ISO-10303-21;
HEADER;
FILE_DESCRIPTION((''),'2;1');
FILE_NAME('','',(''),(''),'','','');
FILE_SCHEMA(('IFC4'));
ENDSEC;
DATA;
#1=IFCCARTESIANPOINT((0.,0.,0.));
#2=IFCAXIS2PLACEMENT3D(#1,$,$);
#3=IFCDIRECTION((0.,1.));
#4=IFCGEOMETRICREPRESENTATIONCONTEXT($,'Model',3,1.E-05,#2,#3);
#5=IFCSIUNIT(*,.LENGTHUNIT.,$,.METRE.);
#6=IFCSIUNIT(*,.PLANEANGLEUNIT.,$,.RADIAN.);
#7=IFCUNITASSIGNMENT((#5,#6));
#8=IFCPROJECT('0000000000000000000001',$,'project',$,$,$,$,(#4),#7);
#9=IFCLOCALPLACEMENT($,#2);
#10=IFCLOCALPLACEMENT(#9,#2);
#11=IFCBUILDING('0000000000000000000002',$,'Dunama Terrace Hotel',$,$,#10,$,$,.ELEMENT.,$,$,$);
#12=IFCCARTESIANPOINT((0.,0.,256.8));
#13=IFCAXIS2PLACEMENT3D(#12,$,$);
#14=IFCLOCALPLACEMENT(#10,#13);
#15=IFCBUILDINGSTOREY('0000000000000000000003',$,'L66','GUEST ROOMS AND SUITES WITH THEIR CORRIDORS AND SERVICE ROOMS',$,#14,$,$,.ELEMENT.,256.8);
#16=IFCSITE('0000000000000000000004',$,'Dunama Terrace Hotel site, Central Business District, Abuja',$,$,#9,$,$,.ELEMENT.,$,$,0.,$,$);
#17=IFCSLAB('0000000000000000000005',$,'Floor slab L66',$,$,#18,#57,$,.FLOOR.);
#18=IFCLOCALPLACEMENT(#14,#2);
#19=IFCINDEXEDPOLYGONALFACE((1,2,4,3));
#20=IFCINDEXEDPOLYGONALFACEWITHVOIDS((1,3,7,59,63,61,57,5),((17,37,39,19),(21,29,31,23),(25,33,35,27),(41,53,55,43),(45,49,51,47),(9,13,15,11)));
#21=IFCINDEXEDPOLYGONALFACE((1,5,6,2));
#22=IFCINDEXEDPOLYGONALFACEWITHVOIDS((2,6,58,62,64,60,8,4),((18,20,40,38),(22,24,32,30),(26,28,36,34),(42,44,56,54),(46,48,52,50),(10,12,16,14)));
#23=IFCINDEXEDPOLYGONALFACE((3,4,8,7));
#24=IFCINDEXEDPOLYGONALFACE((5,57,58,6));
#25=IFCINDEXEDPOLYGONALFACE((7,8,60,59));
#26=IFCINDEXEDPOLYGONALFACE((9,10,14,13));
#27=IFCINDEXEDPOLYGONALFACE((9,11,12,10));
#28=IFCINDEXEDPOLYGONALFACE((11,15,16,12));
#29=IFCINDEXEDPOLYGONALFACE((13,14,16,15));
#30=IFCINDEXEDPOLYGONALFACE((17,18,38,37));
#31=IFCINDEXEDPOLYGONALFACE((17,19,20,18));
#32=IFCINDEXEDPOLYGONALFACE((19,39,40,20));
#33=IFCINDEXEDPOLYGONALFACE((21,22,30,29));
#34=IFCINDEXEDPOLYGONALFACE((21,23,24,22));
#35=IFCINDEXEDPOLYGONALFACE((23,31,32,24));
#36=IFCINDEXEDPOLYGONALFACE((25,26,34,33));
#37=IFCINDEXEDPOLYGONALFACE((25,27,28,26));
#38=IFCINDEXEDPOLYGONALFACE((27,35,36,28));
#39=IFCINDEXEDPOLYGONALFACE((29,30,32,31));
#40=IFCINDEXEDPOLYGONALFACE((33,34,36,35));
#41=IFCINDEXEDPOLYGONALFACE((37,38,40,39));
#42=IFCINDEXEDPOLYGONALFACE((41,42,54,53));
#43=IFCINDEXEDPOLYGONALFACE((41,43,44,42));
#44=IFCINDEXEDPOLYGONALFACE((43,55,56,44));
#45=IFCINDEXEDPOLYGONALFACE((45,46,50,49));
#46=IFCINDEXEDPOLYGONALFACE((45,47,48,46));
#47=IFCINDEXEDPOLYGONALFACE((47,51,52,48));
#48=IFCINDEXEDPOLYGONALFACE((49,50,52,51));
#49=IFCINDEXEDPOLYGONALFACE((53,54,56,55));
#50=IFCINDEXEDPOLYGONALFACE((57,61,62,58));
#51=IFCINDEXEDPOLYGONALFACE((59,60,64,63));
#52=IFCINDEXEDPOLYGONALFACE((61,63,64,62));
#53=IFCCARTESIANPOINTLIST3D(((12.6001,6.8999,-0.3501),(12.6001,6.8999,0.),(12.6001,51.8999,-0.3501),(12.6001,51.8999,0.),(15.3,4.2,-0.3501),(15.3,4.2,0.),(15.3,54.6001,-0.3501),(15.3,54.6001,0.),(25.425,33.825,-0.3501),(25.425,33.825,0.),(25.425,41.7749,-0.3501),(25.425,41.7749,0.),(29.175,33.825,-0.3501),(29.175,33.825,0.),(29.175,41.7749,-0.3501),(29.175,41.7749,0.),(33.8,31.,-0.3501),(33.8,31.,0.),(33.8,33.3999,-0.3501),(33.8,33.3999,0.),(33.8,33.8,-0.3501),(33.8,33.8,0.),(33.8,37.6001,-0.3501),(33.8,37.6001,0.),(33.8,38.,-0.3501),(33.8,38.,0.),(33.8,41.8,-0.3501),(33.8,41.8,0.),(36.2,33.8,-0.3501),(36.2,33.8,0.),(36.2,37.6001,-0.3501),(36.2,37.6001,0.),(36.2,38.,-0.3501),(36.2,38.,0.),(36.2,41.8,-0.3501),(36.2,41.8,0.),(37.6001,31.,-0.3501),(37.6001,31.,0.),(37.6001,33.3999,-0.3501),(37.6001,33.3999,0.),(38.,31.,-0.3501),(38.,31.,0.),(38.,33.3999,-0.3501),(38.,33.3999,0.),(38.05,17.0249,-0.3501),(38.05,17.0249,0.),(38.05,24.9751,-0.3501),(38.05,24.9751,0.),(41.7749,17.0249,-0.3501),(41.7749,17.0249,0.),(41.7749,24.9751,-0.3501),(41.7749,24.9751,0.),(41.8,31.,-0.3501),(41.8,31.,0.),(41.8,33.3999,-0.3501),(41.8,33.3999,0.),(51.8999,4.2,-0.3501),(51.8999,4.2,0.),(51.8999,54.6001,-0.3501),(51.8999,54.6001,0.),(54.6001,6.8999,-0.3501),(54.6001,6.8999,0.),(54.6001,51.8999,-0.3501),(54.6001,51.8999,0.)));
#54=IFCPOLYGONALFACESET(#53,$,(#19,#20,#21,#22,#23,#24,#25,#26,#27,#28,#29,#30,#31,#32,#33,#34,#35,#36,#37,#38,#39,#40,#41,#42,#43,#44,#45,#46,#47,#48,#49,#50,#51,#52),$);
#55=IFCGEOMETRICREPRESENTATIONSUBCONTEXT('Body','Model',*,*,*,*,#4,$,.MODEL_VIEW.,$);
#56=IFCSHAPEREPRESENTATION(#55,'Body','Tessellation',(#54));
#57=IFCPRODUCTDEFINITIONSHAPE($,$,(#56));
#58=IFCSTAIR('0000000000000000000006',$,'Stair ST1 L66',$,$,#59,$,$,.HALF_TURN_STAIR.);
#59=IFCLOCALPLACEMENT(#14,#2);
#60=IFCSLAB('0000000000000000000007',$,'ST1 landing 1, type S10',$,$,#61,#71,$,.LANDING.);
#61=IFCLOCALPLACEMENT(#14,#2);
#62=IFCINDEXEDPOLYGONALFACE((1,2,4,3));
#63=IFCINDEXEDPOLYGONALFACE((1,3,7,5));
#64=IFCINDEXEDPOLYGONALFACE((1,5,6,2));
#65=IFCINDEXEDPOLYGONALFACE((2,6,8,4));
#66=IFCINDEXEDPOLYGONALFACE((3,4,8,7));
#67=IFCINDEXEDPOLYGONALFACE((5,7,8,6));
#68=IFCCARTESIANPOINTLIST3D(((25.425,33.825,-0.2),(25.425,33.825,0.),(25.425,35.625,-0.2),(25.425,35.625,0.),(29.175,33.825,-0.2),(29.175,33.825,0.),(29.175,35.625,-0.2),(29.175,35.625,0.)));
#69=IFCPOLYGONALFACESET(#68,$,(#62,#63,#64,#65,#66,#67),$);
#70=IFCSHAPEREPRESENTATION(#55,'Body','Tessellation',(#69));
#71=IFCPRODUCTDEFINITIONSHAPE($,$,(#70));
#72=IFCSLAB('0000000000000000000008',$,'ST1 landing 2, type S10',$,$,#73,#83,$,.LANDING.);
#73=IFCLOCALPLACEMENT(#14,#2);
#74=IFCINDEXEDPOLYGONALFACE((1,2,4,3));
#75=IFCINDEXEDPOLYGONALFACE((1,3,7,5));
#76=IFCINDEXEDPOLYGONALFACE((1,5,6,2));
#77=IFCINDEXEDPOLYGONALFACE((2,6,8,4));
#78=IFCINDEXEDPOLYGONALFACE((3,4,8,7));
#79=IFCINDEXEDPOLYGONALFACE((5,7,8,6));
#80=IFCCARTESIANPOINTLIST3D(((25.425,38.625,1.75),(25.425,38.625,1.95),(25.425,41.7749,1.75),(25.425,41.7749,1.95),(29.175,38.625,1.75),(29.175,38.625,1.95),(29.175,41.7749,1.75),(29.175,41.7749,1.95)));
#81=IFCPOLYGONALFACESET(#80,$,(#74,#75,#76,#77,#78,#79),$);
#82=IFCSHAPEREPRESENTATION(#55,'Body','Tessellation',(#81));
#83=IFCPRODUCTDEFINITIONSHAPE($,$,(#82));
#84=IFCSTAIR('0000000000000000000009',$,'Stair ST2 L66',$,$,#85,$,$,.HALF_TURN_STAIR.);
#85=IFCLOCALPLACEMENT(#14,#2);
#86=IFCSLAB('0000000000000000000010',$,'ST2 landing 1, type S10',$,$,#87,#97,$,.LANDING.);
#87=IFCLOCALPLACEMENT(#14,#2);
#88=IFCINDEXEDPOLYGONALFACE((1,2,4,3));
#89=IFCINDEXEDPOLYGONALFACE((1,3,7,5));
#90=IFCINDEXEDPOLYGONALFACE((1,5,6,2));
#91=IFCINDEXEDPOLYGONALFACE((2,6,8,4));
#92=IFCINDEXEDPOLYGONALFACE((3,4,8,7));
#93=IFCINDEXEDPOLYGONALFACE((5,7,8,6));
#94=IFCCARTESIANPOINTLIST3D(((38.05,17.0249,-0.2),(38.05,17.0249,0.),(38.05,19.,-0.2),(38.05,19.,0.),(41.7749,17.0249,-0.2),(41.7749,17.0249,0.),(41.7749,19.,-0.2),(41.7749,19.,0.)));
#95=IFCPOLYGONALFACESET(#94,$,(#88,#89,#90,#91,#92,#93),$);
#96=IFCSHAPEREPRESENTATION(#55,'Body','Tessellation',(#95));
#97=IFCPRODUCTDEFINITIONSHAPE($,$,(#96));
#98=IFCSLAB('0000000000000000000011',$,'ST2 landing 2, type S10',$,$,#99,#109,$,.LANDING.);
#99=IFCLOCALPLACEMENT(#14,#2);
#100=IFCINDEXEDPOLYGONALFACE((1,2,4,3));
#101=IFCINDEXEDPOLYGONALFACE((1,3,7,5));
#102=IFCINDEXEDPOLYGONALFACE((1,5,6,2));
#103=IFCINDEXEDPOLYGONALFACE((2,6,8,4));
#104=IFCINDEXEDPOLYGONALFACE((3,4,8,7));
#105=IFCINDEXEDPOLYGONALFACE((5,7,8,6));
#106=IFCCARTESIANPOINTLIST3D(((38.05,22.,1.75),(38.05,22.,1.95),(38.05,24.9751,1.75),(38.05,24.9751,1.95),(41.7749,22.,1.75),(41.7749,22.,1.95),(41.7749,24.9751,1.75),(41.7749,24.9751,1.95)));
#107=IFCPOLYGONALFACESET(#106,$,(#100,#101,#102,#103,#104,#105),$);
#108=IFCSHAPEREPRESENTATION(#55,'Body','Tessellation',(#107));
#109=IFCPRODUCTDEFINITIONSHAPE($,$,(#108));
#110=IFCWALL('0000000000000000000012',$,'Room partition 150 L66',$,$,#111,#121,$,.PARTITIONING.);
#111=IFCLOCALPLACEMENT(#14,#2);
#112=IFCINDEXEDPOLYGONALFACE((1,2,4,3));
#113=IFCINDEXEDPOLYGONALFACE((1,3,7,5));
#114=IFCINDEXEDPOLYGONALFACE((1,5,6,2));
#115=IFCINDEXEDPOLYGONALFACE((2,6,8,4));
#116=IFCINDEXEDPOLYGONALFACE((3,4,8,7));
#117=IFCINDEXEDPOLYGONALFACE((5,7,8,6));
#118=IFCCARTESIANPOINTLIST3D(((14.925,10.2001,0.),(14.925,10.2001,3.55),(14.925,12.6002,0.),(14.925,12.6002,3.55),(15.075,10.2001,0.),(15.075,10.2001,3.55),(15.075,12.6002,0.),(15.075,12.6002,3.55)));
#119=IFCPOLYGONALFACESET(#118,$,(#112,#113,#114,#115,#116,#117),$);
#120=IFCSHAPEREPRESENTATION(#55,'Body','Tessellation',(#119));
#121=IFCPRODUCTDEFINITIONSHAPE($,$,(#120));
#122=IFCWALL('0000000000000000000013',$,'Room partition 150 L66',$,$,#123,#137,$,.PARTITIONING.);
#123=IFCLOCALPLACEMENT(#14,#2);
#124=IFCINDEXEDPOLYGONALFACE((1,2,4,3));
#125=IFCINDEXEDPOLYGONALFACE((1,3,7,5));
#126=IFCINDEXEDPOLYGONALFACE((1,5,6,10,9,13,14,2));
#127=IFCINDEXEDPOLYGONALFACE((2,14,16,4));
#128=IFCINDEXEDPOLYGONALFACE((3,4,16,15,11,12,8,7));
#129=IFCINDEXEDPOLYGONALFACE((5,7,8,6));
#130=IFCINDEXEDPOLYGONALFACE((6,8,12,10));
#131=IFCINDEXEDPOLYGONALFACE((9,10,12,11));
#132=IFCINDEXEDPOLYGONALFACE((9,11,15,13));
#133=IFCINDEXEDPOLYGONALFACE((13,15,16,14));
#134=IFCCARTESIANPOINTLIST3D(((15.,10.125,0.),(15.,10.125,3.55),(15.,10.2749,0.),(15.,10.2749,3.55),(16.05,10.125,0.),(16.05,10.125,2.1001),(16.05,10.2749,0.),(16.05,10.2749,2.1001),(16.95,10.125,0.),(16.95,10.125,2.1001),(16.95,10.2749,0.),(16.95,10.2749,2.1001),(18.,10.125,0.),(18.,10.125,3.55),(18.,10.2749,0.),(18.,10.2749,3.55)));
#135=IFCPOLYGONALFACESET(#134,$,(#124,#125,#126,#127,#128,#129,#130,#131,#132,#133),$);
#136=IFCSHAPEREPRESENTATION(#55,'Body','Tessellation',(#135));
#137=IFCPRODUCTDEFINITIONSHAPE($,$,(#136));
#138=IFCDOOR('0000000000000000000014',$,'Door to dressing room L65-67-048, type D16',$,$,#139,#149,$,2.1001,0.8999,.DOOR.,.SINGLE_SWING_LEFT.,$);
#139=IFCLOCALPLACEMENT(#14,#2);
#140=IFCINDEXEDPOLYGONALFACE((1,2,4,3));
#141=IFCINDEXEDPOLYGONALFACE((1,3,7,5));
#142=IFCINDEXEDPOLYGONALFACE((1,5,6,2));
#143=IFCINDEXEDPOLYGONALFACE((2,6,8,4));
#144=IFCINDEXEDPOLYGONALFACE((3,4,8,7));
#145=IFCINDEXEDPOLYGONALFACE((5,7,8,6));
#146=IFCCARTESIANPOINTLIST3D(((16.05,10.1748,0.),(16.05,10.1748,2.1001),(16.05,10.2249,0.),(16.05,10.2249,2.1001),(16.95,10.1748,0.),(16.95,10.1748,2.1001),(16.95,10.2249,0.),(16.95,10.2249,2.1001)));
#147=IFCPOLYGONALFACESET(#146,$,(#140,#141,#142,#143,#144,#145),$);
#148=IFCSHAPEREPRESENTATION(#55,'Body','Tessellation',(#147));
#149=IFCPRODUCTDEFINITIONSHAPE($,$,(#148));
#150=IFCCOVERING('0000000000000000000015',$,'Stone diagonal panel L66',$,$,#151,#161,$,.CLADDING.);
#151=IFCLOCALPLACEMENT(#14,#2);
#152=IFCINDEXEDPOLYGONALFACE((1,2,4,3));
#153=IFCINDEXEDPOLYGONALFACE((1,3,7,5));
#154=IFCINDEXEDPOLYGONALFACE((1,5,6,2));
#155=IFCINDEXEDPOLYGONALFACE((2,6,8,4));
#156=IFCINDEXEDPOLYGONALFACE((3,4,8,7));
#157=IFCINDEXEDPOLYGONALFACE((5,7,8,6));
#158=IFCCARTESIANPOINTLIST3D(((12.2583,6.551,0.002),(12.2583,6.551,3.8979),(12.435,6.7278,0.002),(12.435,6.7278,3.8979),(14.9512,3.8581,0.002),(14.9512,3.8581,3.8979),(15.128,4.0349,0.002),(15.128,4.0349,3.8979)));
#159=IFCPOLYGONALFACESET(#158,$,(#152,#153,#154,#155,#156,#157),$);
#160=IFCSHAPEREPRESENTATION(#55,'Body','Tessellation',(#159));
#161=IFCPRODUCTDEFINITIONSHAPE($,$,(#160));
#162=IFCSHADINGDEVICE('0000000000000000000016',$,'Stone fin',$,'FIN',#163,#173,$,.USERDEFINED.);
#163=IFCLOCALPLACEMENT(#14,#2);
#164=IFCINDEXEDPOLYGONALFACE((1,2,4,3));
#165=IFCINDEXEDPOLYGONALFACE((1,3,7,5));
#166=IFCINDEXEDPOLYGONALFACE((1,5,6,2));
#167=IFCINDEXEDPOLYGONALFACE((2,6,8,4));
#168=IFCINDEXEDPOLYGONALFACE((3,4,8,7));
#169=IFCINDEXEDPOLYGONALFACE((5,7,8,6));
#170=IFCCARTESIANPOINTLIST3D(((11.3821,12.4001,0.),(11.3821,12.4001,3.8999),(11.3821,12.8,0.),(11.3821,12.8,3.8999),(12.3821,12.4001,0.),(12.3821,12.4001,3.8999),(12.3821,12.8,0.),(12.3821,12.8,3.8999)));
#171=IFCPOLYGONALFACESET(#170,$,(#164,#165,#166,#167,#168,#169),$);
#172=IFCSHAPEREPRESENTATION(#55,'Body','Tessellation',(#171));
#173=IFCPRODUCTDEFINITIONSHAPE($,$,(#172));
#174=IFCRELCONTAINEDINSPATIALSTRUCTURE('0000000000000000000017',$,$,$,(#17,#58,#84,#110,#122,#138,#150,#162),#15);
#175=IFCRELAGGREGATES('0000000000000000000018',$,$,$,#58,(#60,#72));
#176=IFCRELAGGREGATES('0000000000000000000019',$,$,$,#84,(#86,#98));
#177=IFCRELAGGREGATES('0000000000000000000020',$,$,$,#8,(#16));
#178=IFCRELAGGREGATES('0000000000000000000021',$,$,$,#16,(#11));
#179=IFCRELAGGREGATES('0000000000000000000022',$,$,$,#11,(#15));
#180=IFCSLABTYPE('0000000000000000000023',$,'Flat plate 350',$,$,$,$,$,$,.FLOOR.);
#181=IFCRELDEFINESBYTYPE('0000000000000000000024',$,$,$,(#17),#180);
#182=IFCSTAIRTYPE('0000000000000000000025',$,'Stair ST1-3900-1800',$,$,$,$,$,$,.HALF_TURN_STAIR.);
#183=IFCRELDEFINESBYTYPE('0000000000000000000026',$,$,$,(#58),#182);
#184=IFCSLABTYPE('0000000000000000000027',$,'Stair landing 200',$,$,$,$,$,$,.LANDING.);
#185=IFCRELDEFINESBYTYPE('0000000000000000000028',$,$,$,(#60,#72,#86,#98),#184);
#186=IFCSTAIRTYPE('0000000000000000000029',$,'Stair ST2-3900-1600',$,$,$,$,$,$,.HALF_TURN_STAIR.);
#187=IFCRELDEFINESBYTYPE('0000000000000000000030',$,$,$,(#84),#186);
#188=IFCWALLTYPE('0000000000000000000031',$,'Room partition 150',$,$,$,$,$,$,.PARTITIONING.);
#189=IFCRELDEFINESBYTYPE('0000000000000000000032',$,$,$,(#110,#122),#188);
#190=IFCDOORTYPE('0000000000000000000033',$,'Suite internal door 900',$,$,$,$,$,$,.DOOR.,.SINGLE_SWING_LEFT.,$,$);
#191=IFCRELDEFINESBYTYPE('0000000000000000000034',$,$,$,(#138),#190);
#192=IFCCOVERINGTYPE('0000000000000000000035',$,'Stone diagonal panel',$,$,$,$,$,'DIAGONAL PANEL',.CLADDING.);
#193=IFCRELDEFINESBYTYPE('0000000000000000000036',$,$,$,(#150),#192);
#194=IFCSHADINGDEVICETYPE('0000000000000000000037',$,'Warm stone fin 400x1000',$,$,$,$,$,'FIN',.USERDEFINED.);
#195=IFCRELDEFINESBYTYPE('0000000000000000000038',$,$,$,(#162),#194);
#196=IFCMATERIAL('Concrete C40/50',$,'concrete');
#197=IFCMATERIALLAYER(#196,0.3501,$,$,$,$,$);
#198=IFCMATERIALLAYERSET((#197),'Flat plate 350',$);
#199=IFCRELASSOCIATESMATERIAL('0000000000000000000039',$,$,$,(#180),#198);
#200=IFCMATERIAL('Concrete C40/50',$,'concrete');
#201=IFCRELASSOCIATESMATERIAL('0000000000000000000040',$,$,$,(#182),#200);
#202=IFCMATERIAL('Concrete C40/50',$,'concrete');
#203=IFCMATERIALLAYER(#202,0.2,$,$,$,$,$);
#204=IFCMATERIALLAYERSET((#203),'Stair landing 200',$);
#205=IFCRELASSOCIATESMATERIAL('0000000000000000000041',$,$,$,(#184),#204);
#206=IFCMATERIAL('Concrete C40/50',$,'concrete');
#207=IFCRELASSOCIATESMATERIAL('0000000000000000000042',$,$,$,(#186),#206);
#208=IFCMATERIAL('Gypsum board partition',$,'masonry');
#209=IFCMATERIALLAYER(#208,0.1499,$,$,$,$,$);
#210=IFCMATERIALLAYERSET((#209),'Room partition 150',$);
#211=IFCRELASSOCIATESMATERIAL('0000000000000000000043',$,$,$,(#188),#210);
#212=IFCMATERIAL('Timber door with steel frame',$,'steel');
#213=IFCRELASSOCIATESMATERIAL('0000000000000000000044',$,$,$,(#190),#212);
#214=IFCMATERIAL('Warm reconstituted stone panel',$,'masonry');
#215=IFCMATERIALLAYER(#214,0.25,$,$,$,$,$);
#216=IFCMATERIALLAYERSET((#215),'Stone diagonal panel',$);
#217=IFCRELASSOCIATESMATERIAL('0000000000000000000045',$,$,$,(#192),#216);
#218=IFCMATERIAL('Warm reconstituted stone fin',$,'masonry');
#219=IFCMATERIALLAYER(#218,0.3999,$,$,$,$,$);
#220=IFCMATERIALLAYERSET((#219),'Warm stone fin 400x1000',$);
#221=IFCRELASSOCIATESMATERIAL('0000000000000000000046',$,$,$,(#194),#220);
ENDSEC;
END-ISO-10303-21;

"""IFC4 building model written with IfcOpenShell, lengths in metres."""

from ifc_helpers import new_model, si_unit, direction, frame, frame_2d, origin, origin_2d, place, context, subcontext, project, spatial, polyline, rectangle, outline, extrude, material, layer, layer_set, type_object, element, fill, aggregate, save


model = new_model("IFC4")

# Units and contexts
model_context = context("Model", 3, precision=1e-05, world=origin(), true_north=direction((0.0, 1.0)))
body_context = subcontext(model_context, "Body", "Model", "MODEL_VIEW")
ifc_project = project(units=[si_unit("LENGTHUNIT", "METRE"), si_unit("PLANEANGLEUNIT", "RADIAN")], contexts=[model_context])

# Site, building, storey
site_placement = place(None, origin())
site = spatial("IfcSite", under=ifc_project, at=site_placement, Name="Dunama Terrace Hotel site, Central Business District, Abuja", CompositionType="ELEMENT", RefElevation=0.0)
building_placement = place(site_placement, origin())
building = spatial("IfcBuilding", under=site, at=building_placement, Name="Dunama Terrace Hotel", CompositionType="ELEMENT")
storey_placement = place(building_placement, frame((0.0, 0.0, 256.8)))
storey = spatial("IfcBuildingStorey", under=building, at=storey_placement, Name="L66", Description="GUEST ROOMS AND SUITES WITH THEIR CORRIDORS AND SERVICE ROOMS", CompositionType="ELEMENT", Elevation=256.8)

# Slab
ifc_material_1 = material(Name="Concrete C40/50", Category="concrete")
ifc_layer_1 = layer(ifc_material_1, 0.3501)
ifc_layer_set_1 = layer_set([ifc_layer_1], Name="Flat plate 350")
slab_type_1 = type_object("IfcSlabType", Name="Flat plate 350", PredefinedType="FLOOR", material=ifc_layer_set_1)
slab_1_placement = place(storey_placement, frame((0.0, 0.0, -0.3501)))
element("IfcSlab", 1, at=slab_1_placement, inside=storey, type_object=slab_type_1, Name="Floor slab L66", PredefinedType="FLOOR", context=body_context, shape_type="SweptSolid", body=[
    extrude(outline(polyline([(15.3, 4.2), (51.8999, 4.2), (54.6001, 6.8999), (54.6001, 51.8999), (51.8999, 54.6001), (15.3, 54.6001), (12.6001, 51.8999), (12.6001, 6.8999), (15.3, 4.2)]), holes=[polyline([(37.6001, 31.0), (37.6001, 33.3999), (33.8, 33.3999), (33.8, 31.0), (37.6001, 31.0)]), polyline([(41.8, 31.0), (41.8, 33.3999), (38.0, 33.3999), (38.0, 31.0), (41.8, 31.0)]), polyline([(36.2, 38.0), (36.2, 41.8), (33.8, 41.8), (33.8, 38.0), (36.2, 38.0)]), polyline([(36.2, 33.8), (36.2, 37.6001), (33.8, 37.6001), (33.8, 33.8), (36.2, 33.8)]), polyline([(29.175, 33.825), (29.175, 41.7749), (25.425, 41.7749), (25.425, 33.825), (29.175, 33.825)]), polyline([(41.7749, 17.0249), (41.7749, 24.9751), (38.05, 24.9751), (38.05, 17.0249), (41.7749, 17.0249)])]), origin(), (0.0, 0.0, 1.0), 0.3501),
])

# Stairs, slabs
ifc_material_2 = material(Name="Concrete C40/50", Category="concrete")
stair_type_1 = type_object("IfcStairType", Name="Stair ST1-3900-1800", PredefinedType="HALF_TURN_STAIR", material=ifc_material_2)
stair_1_placement = place(storey_placement, origin())
stair_1 = element("IfcStair", 2, at=stair_1_placement, inside=storey, type_object=stair_type_1, Name="Stair ST1 L66", PredefinedType="HALF_TURN_STAIR")
ifc_material_3 = material(Name="Concrete C40/50", Category="concrete")
ifc_layer_2 = layer(ifc_material_3, 0.2)
ifc_layer_set_2 = layer_set([ifc_layer_2], Name="Stair landing 200")
slab_type_2 = type_object("IfcSlabType", Name="Stair landing 200", PredefinedType="LANDING", material=ifc_layer_set_2)
slab_2_placement = place(storey_placement, frame((0.0, 0.0, -0.2)))
slab_2 = element("IfcSlab", 3, at=slab_2_placement, type_object=slab_type_2, Name="ST1 landing 1, type S10", PredefinedType="LANDING", context=body_context, shape_type="SweptSolid", body=[
    extrude(outline(polyline([(25.425, 33.825), (29.175, 33.825), (29.175, 35.625), (25.425, 35.625), (25.425, 33.825)])), origin(), (0.0, 0.0, 1.0), 0.2),
])
slab_3_placement = place(storey_placement, frame((0.0, 0.0, 1.75)))
slab_3 = element("IfcSlab", 4, at=slab_3_placement, type_object=slab_type_2, Name="ST1 landing 2, type S10", PredefinedType="LANDING", context=body_context, shape_type="SweptSolid", body=[
    extrude(outline(polyline([(25.425, 38.625), (29.175, 38.625), (29.175, 41.7749), (25.425, 41.7749), (25.425, 38.625)])), origin(), (0.0, 0.0, 1.0), 0.2),
])
aggregate(stair_1, [slab_2, slab_3])
ifc_material_4 = material(Name="Concrete C40/50", Category="concrete")
stair_type_2 = type_object("IfcStairType", Name="Stair ST2-3900-1600", PredefinedType="HALF_TURN_STAIR", material=ifc_material_4)
stair_2_placement = place(storey_placement, origin())
stair_2 = element("IfcStair", 5, at=stair_2_placement, inside=storey, type_object=stair_type_2, Name="Stair ST2 L66", PredefinedType="HALF_TURN_STAIR")
slab_4_placement = place(storey_placement, frame((0.0, 0.0, -0.2)))
slab_4 = element("IfcSlab", 6, at=slab_4_placement, type_object=slab_type_2, Name="ST2 landing 1, type S10", PredefinedType="LANDING", context=body_context, shape_type="SweptSolid", body=[
    extrude(outline(polyline([(38.05, 17.0249), (41.7749, 17.0249), (41.7749, 19.0), (38.05, 19.0), (38.05, 17.0249)])), origin(), (0.0, 0.0, 1.0), 0.2),
])
slab_5_placement = place(storey_placement, frame((0.0, 0.0, 1.75)))
slab_5 = element("IfcSlab", 7, at=slab_5_placement, type_object=slab_type_2, Name="ST2 landing 2, type S10", PredefinedType="LANDING", context=body_context, shape_type="SweptSolid", body=[
    extrude(outline(polyline([(38.05, 22.0), (41.7749, 22.0), (41.7749, 24.9751), (38.05, 24.9751), (38.05, 22.0)])), origin(), (0.0, 0.0, 1.0), 0.2),
])
aggregate(stair_2, [slab_4, slab_5])

# Wall
ifc_material_5 = material(Name="Gypsum board partition", Category="masonry")
ifc_layer_3 = layer(ifc_material_5, 0.1499)
ifc_layer_set_3 = layer_set([ifc_layer_3], Name="Room partition 150")
wall_type = type_object("IfcWallType", Name="Room partition 150", PredefinedType="PARTITIONING", material=ifc_layer_set_3)
wall_1_placement = place(storey_placement, frame((15.0, 10.2, 0.0), z_axis=(0.0, 0.0, 1.0), x_axis=(0.0, 1.0, 0.0)))
element("IfcWall", 8, at=wall_1_placement, inside=storey, type_object=wall_type, Name="Room partition 150 L66", PredefinedType="PARTITIONING", context=body_context, shape_type="SweptSolid", body=[
    extrude(rectangle(XDim=2.4001, YDim=0.1499, at=frame_2d((1.2002, 0.0))), origin(), (0.0, 0.0, 1.0), 3.55),
])

# Wall, opening, door
wall_2_placement = place(storey_placement, frame((15.0, 10.2, 0.0), z_axis=(0.0, 0.0, 1.0), x_axis=(1.0, 0.0, 0.0)))
wall_2 = element("IfcWall", 9, at=wall_2_placement, inside=storey, type_object=wall_type, Name="Room partition 150 L66", PredefinedType="PARTITIONING", context=body_context, shape_type="SweptSolid", body=[
    extrude(rectangle(XDim=3.0, YDim=0.1499, at=frame_2d((1.5, 0.0))), origin(), (0.0, 0.0, 1.0), 3.55),
])
opening_placement = place(wall_2_placement, frame((1.05, 0.0, 0.0)))
opening = element("IfcOpeningElement", 10, at=opening_placement, cuts=wall_2, PredefinedType="OPENING", context=body_context, shape_type="SweptSolid", body=[
    extrude(rectangle(XDim=0.8999, YDim=2.1001, at=frame_2d((0.45, 1.05))), frame((0.0, 0.085, 0.0), z_axis=(0.0, -1.0, 0.0), x_axis=(1.0, 0.0, 0.0)), (0.0, 0.0, 1.0), 0.1699),
])
ifc_material_6 = material(Name="Timber door with steel frame", Category="steel")
door_type = type_object("IfcDoorType", Name="Suite internal door 900", OperationType="SINGLE_SWING_LEFT", PredefinedType="DOOR", material=ifc_material_6)
door_placement = place(opening_placement, origin())
door = element("IfcDoor", 11, at=door_placement, inside=storey, type_object=door_type, Name="Door to dressing room L65-67-048, type D16", OperationType="SINGLE_SWING_LEFT", OverallHeight=2.1001, OverallWidth=0.8999, PredefinedType="DOOR", context=body_context, shape_type="SweptSolid", body=[
    extrude(rectangle(XDim=0.8999, YDim=2.1001, at=frame_2d((0.45, 1.05))), frame((0.0, 0.0249, 0.0), z_axis=(0.0, -1.0, 0.0), x_axis=(1.0, 0.0, 0.0)), (0.0, 0.0, 1.0), 0.05),
])
fill(opening, door)

# Covering
ifc_material_7 = material(Name="Warm reconstituted stone panel", Category="masonry")
ifc_layer_4 = layer(ifc_material_7, 0.25)
ifc_layer_set_4 = layer_set([ifc_layer_4], Name="Stone diagonal panel")
covering_type = type_object("IfcCoveringType", Name="Stone diagonal panel", ElementType="DIAGONAL PANEL", PredefinedType="CLADDING", material=ifc_layer_set_4)
covering_placement = place(storey_placement, frame((13.6931, 5.293, 0.002), z_axis=(0.0, 0.0, 1.0), x_axis=(0.707107, -0.707107, 0.0)))
element("IfcCovering", 12, at=covering_placement, inside=storey, type_object=covering_type, Name="Stone diagonal panel L66", PredefinedType="CLADDING", context=body_context, shape_type="SweptSolid", body=[
    extrude(rectangle(XDim=3.8083, YDim=0.25, at=origin_2d()), origin(), (0.0, 0.0, 1.0), 3.896),
])

# Shading device
ifc_material_8 = material(Name="Warm reconstituted stone fin", Category="masonry")
ifc_layer_5 = layer(ifc_material_8, 0.3999)
ifc_layer_set_5 = layer_set([ifc_layer_5], Name="Warm stone fin 400x1000")
shading_device_type = type_object("IfcShadingDeviceType", Name="Warm stone fin 400x1000", ElementType="FIN", PredefinedType="USERDEFINED", material=ifc_layer_set_5)
shading_device_placement = place(storey_placement, frame((11.8821, 12.6001, 0.0), z_axis=(0.0, 0.0, 1.0), x_axis=(0.0, -1.0, 0.0)))
element("IfcShadingDevice", 13, at=shading_device_placement, inside=storey, type_object=shading_device_type, Name="Stone fin", ObjectType="FIN", PredefinedType="USERDEFINED", context=body_context, shape_type="SweptSolid", body=[
    extrude(rectangle(XDim=0.3999, YDim=1.0, at=origin_2d()), origin(), (0.0, 0.0, 1.0), 3.8999),
])

save(model, "model.ifc")
